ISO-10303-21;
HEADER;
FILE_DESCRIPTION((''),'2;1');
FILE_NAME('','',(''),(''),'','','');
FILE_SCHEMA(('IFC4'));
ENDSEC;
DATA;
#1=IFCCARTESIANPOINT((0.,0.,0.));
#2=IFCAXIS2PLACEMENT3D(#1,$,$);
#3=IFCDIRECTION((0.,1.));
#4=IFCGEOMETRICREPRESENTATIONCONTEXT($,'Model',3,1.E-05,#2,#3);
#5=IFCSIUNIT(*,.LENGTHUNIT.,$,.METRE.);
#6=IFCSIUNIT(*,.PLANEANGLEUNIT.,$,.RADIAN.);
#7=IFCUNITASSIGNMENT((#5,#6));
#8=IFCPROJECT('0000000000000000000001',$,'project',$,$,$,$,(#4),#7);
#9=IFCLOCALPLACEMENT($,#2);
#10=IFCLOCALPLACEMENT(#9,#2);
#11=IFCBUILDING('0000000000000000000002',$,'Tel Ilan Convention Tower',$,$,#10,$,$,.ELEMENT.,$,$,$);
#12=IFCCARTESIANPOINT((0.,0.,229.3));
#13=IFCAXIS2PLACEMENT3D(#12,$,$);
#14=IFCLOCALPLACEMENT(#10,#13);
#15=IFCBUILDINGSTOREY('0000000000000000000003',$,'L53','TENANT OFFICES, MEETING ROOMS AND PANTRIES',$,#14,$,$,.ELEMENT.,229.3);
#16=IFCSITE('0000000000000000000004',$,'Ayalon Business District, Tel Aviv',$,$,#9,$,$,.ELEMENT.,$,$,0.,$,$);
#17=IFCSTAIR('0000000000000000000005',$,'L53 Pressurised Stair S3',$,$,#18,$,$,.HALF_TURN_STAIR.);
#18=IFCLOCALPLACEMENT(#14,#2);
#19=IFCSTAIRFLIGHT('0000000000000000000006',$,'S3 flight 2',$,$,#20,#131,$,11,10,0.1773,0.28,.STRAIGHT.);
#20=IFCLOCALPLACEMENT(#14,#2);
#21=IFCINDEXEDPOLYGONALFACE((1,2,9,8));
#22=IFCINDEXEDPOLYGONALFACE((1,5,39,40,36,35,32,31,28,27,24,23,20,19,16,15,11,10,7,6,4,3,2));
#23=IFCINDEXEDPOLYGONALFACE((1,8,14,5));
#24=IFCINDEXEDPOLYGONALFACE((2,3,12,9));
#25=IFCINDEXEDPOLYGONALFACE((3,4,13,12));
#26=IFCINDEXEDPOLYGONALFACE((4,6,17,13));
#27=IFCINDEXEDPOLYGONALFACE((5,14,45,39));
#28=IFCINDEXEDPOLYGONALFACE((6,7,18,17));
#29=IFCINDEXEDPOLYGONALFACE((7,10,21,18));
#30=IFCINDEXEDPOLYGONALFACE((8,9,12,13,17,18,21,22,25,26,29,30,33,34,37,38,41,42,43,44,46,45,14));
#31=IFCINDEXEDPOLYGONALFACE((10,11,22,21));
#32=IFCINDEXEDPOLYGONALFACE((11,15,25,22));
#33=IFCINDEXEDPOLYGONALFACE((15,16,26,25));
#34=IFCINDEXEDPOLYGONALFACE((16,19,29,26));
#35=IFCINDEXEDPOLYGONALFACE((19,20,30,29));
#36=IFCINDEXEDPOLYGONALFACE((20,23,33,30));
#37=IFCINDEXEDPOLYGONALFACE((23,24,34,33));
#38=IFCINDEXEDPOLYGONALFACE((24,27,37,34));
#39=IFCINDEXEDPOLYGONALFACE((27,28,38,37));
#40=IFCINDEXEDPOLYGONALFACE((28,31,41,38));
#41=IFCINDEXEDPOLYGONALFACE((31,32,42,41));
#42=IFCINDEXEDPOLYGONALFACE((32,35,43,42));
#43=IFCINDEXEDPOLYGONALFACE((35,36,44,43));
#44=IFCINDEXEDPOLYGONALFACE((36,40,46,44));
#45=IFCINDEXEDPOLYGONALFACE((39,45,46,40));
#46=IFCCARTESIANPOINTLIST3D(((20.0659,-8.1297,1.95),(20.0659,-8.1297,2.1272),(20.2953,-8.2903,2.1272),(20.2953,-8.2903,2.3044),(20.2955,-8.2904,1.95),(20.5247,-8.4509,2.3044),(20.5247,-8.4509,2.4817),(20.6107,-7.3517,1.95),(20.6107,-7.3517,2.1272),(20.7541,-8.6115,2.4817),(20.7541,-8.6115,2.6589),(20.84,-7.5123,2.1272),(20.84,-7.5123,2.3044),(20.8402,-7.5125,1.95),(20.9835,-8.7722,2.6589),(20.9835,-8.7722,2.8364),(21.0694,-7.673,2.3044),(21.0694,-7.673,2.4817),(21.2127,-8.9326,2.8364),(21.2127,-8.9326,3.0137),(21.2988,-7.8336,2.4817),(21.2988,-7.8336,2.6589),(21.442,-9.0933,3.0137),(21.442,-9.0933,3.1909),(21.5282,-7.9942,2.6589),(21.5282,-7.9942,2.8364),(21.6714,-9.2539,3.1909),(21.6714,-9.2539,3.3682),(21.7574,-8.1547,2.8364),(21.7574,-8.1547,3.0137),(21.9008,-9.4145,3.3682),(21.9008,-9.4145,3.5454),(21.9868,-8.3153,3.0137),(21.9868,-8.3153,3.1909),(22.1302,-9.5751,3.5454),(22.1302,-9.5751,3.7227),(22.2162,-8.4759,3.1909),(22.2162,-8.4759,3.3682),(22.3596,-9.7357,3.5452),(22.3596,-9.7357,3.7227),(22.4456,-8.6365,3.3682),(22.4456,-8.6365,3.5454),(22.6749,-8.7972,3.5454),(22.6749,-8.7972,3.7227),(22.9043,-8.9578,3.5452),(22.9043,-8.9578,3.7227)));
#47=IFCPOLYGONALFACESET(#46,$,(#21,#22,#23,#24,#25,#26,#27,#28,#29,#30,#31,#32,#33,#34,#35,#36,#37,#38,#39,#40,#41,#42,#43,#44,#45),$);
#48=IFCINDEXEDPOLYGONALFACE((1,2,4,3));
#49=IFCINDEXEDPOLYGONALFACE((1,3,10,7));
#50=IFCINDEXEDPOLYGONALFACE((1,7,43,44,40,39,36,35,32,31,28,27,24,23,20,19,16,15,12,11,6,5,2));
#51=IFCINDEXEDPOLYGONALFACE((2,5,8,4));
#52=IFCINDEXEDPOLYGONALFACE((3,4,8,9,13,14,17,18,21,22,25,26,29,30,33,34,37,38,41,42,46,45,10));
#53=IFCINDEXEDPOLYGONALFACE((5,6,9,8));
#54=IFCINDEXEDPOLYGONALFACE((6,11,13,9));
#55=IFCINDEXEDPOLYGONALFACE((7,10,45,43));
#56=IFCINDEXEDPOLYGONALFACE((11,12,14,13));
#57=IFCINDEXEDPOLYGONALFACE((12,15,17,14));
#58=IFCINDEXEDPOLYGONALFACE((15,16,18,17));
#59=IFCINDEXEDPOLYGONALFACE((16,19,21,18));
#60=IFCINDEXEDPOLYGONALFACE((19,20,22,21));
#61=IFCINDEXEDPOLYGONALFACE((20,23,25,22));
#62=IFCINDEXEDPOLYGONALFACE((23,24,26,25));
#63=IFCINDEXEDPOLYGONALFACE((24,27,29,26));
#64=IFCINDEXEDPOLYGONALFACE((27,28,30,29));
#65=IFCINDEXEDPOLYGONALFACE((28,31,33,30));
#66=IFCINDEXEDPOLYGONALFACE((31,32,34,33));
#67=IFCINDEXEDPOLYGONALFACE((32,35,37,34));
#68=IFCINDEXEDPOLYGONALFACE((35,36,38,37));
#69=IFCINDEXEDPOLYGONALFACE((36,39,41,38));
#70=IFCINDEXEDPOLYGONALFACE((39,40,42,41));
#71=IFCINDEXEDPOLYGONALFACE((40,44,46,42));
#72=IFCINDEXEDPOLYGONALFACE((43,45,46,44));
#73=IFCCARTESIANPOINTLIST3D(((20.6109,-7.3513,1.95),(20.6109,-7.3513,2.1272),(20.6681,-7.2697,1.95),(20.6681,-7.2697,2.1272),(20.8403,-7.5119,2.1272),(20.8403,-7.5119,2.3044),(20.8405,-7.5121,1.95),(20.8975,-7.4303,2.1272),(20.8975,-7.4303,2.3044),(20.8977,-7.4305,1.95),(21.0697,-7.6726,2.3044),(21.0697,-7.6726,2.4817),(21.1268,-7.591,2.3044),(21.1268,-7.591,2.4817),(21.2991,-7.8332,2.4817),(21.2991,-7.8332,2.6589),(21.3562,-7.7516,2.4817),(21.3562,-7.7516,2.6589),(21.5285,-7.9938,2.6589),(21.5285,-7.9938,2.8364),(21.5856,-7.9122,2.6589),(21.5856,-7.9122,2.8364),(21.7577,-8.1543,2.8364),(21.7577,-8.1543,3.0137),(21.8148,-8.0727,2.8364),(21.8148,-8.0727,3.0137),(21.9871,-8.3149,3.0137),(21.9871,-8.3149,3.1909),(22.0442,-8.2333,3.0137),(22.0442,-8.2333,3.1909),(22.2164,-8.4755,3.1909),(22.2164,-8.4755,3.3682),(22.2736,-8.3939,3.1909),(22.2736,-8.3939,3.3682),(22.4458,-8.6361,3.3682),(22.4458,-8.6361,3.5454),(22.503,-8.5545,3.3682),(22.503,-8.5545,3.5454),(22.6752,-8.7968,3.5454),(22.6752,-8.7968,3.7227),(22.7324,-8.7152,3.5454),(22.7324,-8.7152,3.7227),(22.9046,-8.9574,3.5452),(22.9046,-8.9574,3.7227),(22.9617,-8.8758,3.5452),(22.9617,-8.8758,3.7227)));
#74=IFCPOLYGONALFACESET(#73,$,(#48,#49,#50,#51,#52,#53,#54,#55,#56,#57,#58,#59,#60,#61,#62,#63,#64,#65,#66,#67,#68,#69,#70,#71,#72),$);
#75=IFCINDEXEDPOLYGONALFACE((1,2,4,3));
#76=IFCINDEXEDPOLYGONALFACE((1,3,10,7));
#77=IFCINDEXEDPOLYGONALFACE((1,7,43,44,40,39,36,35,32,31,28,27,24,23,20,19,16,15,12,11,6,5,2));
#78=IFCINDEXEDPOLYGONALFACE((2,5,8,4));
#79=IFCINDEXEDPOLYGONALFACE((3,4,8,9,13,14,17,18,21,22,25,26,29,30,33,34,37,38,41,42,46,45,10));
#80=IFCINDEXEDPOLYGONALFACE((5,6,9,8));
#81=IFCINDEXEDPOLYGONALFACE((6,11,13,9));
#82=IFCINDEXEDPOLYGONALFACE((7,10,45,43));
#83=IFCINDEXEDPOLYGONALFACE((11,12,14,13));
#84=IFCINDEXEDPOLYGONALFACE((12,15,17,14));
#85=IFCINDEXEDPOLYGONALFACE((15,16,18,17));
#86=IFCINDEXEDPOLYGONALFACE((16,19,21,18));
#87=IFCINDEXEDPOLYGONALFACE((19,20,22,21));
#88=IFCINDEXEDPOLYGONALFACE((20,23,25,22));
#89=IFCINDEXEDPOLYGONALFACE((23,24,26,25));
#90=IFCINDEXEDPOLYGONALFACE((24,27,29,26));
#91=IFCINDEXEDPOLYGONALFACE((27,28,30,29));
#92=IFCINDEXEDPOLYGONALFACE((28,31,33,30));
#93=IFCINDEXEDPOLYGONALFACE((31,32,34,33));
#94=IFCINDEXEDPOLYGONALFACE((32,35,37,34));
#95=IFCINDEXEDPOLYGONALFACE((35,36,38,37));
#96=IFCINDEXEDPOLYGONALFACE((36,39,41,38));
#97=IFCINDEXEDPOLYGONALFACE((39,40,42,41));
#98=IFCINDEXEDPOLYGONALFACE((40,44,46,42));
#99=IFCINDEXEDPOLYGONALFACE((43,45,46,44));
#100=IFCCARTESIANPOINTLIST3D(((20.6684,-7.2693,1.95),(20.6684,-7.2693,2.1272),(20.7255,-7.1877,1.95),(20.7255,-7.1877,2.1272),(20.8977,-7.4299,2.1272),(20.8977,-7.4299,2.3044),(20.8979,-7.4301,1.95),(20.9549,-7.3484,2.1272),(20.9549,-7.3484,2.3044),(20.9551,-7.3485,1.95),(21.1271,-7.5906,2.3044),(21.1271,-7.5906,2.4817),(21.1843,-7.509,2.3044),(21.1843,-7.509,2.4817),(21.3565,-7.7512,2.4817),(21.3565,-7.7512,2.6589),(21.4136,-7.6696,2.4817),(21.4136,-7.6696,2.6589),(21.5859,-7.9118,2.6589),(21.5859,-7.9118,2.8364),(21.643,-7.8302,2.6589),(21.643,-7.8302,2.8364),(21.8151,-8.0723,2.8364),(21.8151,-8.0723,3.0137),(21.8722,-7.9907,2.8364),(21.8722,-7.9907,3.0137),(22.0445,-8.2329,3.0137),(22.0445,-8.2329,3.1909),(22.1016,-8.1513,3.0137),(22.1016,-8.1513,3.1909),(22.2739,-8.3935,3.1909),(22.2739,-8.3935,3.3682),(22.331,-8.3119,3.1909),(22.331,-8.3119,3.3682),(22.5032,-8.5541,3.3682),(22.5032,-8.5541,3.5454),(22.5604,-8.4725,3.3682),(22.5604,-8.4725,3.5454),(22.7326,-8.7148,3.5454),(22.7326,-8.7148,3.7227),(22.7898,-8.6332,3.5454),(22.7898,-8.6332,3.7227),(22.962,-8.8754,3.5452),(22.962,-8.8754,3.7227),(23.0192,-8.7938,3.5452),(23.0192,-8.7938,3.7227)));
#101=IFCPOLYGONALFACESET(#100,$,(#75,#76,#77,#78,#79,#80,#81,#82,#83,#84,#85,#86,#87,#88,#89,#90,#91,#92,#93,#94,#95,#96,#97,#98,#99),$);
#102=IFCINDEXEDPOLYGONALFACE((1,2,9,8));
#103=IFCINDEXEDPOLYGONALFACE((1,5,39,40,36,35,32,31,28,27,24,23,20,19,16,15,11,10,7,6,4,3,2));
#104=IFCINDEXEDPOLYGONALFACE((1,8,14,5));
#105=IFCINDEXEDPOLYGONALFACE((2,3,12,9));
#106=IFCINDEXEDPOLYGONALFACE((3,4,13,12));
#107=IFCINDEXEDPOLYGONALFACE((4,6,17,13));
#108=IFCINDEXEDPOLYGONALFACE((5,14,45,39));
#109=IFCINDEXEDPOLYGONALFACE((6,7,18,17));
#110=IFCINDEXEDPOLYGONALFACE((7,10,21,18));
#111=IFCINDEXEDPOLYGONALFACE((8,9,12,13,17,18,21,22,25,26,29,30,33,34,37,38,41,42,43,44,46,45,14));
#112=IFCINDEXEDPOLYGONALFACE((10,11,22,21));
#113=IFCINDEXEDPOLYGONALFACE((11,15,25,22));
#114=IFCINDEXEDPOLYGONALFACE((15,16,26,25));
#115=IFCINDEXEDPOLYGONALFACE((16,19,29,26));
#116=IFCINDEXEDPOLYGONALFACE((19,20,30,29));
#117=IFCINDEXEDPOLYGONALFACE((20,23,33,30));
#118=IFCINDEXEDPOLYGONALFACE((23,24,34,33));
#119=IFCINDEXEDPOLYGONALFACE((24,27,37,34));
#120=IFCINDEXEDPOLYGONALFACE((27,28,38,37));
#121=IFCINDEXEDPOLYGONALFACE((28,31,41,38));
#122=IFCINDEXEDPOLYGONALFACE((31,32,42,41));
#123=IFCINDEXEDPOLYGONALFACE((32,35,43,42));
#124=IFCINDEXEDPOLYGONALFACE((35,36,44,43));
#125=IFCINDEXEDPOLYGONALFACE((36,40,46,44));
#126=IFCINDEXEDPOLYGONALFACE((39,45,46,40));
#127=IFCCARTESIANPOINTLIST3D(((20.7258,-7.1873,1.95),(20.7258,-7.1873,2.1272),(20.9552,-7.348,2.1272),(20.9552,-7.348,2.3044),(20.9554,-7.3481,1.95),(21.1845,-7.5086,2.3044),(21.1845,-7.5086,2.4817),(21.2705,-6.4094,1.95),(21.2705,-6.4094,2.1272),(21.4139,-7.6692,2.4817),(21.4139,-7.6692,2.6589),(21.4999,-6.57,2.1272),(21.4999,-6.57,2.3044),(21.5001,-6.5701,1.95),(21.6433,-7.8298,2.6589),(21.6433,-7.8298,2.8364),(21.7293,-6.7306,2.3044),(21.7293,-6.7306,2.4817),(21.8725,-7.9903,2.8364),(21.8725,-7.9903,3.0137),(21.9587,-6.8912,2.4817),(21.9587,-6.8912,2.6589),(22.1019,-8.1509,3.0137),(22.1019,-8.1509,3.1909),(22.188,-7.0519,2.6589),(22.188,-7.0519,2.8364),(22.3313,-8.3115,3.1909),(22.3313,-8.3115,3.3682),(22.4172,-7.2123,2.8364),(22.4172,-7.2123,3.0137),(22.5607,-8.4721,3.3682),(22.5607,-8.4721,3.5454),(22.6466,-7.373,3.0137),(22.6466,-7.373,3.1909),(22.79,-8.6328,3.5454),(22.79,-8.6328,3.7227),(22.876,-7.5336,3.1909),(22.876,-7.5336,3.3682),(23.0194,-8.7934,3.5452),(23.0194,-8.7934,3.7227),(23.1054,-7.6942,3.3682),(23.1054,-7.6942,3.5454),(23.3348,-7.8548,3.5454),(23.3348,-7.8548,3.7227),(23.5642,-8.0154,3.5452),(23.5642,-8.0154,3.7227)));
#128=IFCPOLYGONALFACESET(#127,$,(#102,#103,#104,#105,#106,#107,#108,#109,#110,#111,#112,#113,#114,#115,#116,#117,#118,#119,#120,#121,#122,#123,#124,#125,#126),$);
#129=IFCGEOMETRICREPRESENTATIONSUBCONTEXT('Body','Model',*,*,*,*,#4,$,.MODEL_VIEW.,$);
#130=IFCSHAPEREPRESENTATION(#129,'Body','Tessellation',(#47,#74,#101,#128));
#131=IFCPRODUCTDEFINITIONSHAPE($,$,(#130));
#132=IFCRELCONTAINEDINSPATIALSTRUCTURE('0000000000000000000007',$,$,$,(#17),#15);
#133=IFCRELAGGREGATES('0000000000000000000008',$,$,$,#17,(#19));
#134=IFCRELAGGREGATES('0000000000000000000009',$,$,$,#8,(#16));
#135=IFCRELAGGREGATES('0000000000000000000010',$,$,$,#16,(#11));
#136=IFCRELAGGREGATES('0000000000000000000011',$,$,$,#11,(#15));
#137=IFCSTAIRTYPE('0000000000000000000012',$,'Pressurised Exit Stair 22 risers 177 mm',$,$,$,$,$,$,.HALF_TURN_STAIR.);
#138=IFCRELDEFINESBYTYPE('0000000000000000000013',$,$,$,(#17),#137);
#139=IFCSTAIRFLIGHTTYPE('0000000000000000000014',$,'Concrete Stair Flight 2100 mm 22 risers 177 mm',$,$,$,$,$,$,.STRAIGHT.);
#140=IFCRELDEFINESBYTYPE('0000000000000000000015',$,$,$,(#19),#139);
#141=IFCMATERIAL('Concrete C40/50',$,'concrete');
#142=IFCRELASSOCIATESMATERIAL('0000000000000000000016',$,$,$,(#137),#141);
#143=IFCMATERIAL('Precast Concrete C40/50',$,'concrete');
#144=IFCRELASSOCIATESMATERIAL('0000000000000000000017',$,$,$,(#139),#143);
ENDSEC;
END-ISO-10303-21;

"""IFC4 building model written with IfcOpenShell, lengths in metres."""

from ifc_helpers import new_model, si_unit, direction, frame, origin, place, context, subcontext, project, spatial, polyline, outline, extrude, material, type_object, element, aggregate, save


model = new_model("IFC4")

# Units and contexts
model_context = context("Model", 3, precision=1e-05, world=origin(), true_north=direction((0.0, 1.0)))
body_context = subcontext(model_context, "Body", "Model", "MODEL_VIEW")
ifc_project = project(units=[si_unit("LENGTHUNIT", "METRE"), si_unit("PLANEANGLEUNIT", "RADIAN")], contexts=[model_context])

# Site, building, storey
site_placement = place(None, origin())
site = spatial("IfcSite", under=ifc_project, at=site_placement, Name="Ayalon Business District, Tel Aviv", CompositionType="ELEMENT", RefElevation=0.0)
building_placement = place(site_placement, origin())
building = spatial("IfcBuilding", under=site, at=building_placement, Name="Tel Ilan Convention Tower", CompositionType="ELEMENT")
storey_placement = place(building_placement, frame((0.0, 0.0, 229.3)))
storey = spatial("IfcBuildingStorey", under=building, at=storey_placement, Name="L53", Description="TENANT OFFICES, MEETING ROOMS AND PANTRIES", CompositionType="ELEMENT", Elevation=229.3)

# Stair, stair flight
ifc_material_1 = material(Name="Concrete C40/50", Category="concrete")
stair_type = type_object("IfcStairType", Name="Pressurised Exit Stair 22 risers 177 mm", PredefinedType="HALF_TURN_STAIR", material=ifc_material_1)
stair_1_placement = place(storey_placement, origin())
stair_1 = element("IfcStair", 1, at=stair_1_placement, inside=storey, type_object=stair_type, Name="L53 Pressurised Stair S3", PredefinedType="HALF_TURN_STAIR")
ifc_material_2 = material(Name="Precast Concrete C40/50", Category="concrete")
stair_flight_type = type_object("IfcStairFlightType", Name="Concrete Stair Flight 2100 mm 22 risers 177 mm", PredefinedType="STRAIGHT", material=ifc_material_2)
stair_flight_1_placement = place(storey_placement, frame((20.6682, -7.2695, 1.95), z_axis=(0.0, 0.0, 1.0), x_axis=(0.819152, -0.573576, 0.0)))
stair_flight_1 = element("IfcStairFlight", 2, at=stair_flight_1_placement, type_object=stair_flight_type, Name="S3 flight 2", NumberOfRisers=11, NumberOfTreads=10, PredefinedType="STRAIGHT", RiserHeight=0.1773, TreadLength=0.28, context=body_context, shape_type="SweptSolid", body=[
    extrude(outline(polyline([(0.0, 0.0), (0.0, 0.1772), (0.28, 0.1772), (0.28, 0.3545), (0.5601, 0.3545), (0.5601, 0.5317), (0.8401, 0.5317), (0.8401, 0.709), (1.1201, 0.709), (1.1201, 0.8865), (1.3999, 0.8865), (1.3999, 1.0637), (1.6799, 1.0637), (1.6799, 1.241), (1.96, 1.241), (1.96, 1.4182), (2.24, 1.4182), (2.24, 1.5955), (2.52, 1.5955), (2.52, 1.7727), (2.8, 1.7727), (2.8, 1.95), (2.8, 1.5952), (0.2803, 0.0), (0.0, 0.0)])), frame((0.0, -0.1003, 0.0), z_axis=(0.0, -1.0, 0.0), x_axis=(1.0, 0.0, 0.0)), (0.0, 0.0, 1.0), 0.9497),
    extrude(outline(polyline([(0.0, 0.0), (0.0, 0.1772), (0.28, 0.1772), (0.28, 0.3545), (0.5601, 0.3545), (0.5601, 0.5317), (0.8401, 0.5317), (0.8401, 0.709), (1.1201, 0.709), (1.1201, 0.8865), (1.3999, 0.8865), (1.3999, 1.0637), (1.6799, 1.0637), (1.6799, 1.241), (1.96, 1.241), (1.96, 1.4182), (2.24, 1.4182), (2.24, 1.5955), (2.52, 1.5955), (2.52, 1.7727), (2.8, 1.7727), (2.8, 1.95), (2.8, 1.5952), (0.2803, 0.0), (0.0, 0.0)])), frame((0.0, -0.0002, 0.0), z_axis=(0.0, -1.0, 0.0), x_axis=(1.0, 0.0, 0.0)), (0.0, 0.0, 1.0), 0.0996),
    extrude(outline(polyline([(0.0, 0.0), (0.0, 0.1772), (0.28, 0.1772), (0.28, 0.3545), (0.5601, 0.3545), (0.5601, 0.5317), (0.8401, 0.5317), (0.8401, 0.709), (1.1201, 0.709), (1.1201, 0.8865), (1.3999, 0.8865), (1.3999, 1.0637), (1.6799, 1.0637), (1.6799, 1.241), (1.96, 1.241), (1.96, 1.4182), (2.24, 1.4182), (2.24, 1.5955), (2.52, 1.5955), (2.52, 1.7727), (2.8, 1.7727), (2.8, 1.95), (2.8, 1.5952), (0.2803, 0.0), (0.0, 0.0)])), frame((0.0, 0.0999, 0.0), z_axis=(0.0, -1.0, 0.0), x_axis=(1.0, 0.0, 0.0)), (0.0, 0.0, 1.0), 0.0996),
    extrude(outline(polyline([(0.0, 0.0), (0.0, 0.1772), (0.28, 0.1772), (0.28, 0.3545), (0.5601, 0.3545), (0.5601, 0.5317), (0.8401, 0.5317), (0.8401, 0.709), (1.1201, 0.709), (1.1201, 0.8865), (1.3999, 0.8865), (1.3999, 1.0637), (1.6799, 1.0637), (1.6799, 1.241), (1.96, 1.241), (1.96, 1.4182), (2.24, 1.4182), (2.24, 1.5955), (2.52, 1.5955), (2.52, 1.7727), (2.8, 1.7727), (2.8, 1.95), (2.8, 1.5952), (0.2803, 0.0), (0.0, 0.0)])), frame((0.0, 1.05, 0.0), z_axis=(0.0, -1.0, 0.0), x_axis=(1.0, 0.0, 0.0)), (0.0, 0.0, 1.0), 0.9497),
])
aggregate(stair_1, [stair_flight_1])

save(model, "model.ifc")
